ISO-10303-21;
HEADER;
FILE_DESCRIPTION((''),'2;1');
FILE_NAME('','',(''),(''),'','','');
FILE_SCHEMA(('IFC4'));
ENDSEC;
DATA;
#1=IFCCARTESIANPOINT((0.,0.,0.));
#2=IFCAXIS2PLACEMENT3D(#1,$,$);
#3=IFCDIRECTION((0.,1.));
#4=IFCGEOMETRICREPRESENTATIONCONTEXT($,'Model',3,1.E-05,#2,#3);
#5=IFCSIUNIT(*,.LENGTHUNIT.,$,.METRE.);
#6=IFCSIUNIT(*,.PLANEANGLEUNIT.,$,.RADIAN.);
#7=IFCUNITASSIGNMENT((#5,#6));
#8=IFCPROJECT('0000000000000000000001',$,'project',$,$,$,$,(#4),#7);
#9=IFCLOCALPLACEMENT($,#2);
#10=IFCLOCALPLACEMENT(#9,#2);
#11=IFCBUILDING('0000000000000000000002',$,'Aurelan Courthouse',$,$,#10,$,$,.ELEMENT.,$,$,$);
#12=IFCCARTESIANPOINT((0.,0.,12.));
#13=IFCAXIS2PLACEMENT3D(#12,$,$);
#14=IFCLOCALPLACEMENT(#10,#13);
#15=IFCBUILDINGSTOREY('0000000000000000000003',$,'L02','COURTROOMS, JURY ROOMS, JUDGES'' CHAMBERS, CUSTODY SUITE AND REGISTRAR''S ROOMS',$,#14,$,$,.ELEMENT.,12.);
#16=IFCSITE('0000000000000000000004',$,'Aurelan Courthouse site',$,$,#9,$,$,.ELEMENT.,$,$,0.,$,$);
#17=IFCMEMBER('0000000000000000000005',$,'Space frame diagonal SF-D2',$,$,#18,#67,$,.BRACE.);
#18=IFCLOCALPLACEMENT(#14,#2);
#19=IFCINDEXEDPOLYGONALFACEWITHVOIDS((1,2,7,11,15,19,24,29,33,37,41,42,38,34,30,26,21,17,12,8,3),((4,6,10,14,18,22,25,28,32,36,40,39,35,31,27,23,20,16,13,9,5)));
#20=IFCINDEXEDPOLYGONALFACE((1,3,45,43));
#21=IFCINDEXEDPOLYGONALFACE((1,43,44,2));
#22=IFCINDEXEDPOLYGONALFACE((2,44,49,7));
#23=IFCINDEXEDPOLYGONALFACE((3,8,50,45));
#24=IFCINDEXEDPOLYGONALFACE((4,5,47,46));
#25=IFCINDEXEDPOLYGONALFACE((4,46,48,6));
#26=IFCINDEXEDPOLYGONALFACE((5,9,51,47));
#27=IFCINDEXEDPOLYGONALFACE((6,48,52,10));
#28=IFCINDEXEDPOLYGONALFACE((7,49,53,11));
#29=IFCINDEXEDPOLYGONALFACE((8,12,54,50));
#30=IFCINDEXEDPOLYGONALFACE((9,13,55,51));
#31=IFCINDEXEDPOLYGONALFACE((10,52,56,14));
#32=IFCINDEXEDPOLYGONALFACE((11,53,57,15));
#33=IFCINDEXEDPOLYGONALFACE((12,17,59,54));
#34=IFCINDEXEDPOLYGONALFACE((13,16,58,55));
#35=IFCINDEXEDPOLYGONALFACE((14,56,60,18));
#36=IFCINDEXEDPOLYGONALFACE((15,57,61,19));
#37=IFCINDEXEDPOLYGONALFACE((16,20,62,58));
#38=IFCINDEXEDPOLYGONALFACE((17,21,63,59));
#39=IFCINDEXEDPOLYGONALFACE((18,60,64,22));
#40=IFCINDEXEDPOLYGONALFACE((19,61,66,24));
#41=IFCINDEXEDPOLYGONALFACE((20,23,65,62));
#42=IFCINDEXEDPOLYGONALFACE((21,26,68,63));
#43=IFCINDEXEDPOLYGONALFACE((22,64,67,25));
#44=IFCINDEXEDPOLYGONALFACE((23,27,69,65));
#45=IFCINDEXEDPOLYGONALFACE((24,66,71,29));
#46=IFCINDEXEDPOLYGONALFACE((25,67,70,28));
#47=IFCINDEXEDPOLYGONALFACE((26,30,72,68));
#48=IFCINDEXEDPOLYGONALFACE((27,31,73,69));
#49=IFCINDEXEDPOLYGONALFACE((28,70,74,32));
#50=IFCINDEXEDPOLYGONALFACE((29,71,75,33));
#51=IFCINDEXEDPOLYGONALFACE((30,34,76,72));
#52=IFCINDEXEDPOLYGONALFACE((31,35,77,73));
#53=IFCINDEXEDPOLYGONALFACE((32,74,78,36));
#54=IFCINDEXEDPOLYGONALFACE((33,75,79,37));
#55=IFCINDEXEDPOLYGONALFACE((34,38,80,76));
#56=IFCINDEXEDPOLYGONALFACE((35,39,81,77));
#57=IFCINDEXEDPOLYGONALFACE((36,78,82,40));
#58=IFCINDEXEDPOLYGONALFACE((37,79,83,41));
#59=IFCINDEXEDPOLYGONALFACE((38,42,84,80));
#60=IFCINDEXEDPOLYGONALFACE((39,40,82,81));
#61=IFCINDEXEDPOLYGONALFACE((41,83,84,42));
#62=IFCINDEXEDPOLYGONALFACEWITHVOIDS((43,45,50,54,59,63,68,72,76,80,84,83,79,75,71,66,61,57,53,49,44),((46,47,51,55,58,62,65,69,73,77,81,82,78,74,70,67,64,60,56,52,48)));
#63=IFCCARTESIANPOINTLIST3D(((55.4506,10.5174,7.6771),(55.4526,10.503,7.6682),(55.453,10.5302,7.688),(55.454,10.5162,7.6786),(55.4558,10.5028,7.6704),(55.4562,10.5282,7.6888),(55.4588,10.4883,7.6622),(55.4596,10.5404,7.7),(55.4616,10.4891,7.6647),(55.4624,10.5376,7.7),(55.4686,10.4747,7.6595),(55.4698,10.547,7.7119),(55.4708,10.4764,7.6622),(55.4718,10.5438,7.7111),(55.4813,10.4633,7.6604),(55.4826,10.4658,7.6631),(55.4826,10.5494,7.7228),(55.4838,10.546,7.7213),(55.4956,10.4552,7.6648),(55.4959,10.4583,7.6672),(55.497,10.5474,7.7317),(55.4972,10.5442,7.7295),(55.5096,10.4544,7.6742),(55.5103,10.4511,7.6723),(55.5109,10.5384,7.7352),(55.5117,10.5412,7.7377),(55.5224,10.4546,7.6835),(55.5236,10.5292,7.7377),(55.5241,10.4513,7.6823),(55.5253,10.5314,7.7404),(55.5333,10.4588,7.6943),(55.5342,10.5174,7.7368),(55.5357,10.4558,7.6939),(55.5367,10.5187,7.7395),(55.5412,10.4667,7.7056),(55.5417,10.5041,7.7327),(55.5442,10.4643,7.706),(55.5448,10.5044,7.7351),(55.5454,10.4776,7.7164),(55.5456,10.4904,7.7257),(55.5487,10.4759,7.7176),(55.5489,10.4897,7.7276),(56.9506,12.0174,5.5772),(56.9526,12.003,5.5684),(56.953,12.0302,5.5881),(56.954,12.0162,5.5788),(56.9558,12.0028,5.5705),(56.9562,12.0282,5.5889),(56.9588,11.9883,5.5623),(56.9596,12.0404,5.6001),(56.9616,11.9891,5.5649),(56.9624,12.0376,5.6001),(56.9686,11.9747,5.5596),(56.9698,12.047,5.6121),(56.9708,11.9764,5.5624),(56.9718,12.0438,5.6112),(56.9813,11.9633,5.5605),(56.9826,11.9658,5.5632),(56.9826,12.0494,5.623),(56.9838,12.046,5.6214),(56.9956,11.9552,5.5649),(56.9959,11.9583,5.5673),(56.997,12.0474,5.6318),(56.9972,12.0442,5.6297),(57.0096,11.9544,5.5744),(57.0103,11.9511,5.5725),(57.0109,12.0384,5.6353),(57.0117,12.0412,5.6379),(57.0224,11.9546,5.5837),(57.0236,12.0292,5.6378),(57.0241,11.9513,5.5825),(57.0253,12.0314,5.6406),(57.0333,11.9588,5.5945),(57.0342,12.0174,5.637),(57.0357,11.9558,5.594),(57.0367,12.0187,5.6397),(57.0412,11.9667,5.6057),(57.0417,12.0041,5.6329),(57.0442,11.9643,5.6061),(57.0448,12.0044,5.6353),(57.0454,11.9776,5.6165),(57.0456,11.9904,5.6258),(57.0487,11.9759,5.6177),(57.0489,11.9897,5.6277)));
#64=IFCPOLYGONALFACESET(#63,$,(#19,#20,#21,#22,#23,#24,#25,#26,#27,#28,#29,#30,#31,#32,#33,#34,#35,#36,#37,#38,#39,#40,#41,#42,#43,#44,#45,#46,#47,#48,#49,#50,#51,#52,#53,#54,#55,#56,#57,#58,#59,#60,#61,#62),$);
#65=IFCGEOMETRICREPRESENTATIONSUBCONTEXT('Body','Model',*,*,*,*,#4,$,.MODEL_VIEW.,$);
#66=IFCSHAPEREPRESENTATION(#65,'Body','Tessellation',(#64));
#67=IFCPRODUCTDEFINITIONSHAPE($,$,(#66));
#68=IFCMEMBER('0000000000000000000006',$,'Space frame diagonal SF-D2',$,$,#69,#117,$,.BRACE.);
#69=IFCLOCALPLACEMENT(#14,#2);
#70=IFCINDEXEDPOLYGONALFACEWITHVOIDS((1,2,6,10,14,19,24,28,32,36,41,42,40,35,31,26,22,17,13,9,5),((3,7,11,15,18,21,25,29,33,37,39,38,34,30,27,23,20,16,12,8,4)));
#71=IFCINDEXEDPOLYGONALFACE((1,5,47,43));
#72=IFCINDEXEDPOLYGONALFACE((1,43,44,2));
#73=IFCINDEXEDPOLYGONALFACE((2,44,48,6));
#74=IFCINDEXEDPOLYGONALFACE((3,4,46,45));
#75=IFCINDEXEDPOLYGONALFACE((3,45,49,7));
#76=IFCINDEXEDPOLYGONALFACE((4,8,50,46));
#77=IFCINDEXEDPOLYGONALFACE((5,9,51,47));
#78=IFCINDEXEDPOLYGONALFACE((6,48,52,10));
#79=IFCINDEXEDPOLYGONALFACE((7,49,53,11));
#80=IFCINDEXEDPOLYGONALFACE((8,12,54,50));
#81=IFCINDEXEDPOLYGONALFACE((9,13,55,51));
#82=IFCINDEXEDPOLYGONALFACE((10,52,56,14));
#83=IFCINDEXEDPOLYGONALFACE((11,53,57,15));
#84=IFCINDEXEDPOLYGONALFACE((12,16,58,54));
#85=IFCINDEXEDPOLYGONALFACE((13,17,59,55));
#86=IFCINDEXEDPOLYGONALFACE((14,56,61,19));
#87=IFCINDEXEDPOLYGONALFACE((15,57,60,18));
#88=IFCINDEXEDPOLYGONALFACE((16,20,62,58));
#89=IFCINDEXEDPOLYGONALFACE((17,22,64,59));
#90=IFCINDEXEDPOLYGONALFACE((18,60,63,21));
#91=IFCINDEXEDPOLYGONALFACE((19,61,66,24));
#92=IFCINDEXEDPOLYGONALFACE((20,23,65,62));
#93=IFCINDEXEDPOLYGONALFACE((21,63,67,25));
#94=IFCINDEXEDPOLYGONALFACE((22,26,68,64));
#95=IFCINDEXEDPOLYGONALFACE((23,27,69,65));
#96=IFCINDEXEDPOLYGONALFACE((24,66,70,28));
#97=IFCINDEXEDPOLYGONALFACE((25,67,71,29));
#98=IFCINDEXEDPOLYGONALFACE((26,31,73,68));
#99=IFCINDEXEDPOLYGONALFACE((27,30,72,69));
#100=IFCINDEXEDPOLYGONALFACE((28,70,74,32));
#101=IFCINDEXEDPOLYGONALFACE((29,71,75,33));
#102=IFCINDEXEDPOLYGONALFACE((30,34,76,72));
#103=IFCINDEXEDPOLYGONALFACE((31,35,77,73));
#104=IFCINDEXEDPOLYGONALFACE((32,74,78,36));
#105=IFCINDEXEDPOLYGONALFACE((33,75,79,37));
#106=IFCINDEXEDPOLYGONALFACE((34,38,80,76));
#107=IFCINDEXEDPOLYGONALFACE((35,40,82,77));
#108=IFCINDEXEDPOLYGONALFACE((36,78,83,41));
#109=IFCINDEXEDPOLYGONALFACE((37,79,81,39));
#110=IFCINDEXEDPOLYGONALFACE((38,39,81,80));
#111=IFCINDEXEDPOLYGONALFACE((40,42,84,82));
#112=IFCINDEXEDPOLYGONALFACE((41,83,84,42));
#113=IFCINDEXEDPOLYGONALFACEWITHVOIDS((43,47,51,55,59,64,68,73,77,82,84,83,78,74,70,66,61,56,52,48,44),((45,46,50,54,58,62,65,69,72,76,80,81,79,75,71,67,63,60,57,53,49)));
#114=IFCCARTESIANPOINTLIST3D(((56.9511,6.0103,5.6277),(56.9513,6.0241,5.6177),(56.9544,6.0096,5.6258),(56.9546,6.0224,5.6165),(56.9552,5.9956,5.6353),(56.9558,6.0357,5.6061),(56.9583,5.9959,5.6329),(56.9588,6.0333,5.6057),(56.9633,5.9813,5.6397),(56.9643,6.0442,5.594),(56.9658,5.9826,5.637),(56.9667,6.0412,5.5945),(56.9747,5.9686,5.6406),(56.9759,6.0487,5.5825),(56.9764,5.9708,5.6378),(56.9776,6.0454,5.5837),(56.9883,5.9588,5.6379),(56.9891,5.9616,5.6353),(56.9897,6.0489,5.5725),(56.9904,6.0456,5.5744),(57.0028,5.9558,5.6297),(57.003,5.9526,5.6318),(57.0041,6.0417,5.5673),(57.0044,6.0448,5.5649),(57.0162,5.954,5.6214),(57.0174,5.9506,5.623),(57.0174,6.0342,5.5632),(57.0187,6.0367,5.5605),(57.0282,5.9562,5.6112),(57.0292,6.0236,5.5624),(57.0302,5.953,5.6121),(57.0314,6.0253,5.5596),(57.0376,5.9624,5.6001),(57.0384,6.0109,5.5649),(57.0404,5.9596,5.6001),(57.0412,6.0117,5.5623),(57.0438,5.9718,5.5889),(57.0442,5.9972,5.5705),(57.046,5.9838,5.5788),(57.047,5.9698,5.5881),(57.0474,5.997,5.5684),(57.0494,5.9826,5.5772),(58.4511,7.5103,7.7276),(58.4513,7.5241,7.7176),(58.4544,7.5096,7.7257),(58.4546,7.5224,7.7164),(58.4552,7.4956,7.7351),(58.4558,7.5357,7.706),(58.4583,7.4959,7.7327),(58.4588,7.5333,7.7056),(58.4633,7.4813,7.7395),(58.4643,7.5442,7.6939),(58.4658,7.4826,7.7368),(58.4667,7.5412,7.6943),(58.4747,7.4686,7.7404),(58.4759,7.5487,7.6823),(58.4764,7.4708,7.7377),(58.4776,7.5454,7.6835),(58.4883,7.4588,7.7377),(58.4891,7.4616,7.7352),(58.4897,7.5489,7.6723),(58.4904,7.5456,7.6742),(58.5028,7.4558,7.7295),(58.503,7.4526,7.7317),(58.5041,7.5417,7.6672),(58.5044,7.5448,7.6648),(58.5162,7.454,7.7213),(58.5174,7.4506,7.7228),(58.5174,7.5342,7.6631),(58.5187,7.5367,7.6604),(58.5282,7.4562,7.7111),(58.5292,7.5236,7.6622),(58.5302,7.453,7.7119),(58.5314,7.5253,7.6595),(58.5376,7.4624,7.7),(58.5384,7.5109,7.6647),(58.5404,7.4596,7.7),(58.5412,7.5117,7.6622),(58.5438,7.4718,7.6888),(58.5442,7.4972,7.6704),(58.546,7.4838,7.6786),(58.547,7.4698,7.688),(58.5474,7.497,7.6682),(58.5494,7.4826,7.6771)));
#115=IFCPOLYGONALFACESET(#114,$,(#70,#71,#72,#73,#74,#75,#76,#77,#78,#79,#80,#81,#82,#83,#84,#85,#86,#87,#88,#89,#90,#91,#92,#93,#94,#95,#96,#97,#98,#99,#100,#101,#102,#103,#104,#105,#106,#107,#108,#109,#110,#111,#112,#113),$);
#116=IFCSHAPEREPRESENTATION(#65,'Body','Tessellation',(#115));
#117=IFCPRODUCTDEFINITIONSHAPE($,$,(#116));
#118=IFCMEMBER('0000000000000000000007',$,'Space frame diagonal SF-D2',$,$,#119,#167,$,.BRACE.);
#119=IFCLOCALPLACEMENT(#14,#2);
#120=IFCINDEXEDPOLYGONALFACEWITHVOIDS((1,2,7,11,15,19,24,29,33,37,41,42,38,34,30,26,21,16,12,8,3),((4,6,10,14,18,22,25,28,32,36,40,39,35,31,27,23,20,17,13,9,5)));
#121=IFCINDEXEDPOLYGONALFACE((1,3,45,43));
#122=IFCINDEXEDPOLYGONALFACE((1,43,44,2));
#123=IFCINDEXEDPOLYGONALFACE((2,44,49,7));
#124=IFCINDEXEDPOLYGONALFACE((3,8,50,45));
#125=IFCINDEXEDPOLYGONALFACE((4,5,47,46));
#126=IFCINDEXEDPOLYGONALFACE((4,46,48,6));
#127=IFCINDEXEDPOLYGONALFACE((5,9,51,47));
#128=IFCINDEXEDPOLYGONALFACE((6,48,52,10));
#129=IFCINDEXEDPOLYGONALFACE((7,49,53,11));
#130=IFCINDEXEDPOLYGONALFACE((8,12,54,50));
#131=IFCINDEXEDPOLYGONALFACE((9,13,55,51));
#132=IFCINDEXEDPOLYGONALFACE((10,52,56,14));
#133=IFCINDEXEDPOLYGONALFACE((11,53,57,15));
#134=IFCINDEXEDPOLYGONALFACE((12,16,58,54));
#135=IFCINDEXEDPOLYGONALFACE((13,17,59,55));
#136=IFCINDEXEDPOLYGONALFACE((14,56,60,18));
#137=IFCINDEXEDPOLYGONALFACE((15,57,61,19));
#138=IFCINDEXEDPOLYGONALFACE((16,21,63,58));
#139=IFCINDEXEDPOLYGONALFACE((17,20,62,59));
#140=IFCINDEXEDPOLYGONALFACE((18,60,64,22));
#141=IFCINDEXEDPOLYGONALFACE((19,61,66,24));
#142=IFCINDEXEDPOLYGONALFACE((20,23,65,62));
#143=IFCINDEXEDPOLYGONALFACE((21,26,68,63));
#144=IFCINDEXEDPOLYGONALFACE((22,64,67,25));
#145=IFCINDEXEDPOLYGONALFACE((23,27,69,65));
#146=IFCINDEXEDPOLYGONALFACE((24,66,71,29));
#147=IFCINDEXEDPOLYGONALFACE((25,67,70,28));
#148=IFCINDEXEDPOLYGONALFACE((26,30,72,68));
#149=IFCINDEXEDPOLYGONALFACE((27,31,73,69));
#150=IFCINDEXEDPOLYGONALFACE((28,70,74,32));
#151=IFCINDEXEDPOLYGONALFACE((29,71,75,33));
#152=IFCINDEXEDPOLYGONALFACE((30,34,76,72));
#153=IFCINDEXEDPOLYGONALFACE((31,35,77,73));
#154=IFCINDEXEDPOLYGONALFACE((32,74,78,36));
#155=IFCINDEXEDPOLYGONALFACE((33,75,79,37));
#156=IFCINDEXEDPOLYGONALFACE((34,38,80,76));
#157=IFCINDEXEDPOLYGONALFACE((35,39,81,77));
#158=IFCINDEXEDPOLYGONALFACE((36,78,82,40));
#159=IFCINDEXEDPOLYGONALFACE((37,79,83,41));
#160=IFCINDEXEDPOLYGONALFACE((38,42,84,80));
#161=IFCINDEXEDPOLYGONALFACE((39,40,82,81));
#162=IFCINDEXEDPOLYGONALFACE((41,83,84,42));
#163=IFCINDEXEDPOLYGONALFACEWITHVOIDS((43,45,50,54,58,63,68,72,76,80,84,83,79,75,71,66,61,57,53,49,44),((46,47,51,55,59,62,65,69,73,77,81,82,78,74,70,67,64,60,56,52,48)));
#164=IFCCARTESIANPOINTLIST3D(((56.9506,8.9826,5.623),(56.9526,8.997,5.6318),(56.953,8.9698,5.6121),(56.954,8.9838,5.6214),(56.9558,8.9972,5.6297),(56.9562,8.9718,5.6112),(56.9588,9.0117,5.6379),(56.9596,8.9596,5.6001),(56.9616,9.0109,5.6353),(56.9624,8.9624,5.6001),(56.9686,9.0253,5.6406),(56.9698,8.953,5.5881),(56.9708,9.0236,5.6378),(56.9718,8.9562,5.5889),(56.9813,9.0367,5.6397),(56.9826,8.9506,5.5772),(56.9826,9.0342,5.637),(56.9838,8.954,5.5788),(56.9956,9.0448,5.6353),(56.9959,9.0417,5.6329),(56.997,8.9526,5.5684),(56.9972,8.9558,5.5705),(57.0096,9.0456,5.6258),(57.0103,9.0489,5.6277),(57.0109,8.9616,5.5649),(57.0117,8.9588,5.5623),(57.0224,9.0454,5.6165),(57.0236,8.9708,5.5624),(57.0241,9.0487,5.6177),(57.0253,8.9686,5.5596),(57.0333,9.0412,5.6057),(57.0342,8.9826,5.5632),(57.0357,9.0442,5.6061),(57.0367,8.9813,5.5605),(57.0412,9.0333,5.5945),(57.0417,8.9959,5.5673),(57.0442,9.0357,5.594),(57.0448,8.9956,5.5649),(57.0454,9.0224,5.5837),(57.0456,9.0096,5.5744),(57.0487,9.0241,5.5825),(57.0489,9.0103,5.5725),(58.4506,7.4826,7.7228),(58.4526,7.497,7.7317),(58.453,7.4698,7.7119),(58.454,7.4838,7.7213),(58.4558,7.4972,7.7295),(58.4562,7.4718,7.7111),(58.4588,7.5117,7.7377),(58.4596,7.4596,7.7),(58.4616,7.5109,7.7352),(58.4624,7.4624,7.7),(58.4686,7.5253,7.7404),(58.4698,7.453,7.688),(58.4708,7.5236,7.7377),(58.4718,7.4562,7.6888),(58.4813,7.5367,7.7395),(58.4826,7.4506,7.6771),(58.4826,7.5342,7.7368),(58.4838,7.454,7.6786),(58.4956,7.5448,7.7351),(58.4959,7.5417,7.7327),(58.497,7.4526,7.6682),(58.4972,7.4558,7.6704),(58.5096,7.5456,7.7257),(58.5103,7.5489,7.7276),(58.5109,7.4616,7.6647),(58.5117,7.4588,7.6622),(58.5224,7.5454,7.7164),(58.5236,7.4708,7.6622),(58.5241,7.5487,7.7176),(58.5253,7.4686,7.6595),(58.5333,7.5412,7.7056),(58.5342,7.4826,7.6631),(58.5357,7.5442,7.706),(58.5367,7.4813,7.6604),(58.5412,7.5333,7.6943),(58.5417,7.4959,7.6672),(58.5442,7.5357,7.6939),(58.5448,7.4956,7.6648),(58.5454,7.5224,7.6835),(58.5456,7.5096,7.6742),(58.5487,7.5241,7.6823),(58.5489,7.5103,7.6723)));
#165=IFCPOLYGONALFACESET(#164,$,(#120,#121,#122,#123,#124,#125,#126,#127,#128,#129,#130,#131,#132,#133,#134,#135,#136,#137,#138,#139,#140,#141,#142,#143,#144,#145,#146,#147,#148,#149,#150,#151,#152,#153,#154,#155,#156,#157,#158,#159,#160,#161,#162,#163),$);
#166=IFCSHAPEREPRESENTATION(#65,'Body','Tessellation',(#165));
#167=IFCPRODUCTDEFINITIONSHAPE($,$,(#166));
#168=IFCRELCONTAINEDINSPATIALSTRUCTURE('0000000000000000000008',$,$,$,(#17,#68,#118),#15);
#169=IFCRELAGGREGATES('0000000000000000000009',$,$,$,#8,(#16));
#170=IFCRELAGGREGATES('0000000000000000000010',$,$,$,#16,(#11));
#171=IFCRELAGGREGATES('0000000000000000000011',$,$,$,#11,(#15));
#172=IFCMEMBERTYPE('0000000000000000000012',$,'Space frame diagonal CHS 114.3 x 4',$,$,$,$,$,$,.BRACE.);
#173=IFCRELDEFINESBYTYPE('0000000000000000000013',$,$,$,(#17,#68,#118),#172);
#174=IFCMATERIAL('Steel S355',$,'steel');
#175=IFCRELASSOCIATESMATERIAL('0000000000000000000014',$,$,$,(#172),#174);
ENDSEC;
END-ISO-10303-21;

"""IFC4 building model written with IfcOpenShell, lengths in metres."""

from ifc_helpers import new_model, si_unit, direction, frame, origin, origin_2d, place, context, subcontext, project, spatial, hollow_circle, extrude, material, material_profile, profile_set, type_object, element, save


model = new_model("IFC4")

# Units and contexts
model_context = context("Model", 3, precision=1e-05, world=origin(), true_north=direction((0.0, 1.0)))
body_context = subcontext(model_context, "Body", "Model", "MODEL_VIEW")
ifc_project = project(units=[si_unit("LENGTHUNIT", "METRE"), si_unit("PLANEANGLEUNIT", "RADIAN")], contexts=[model_context])

# Site, building, storey
site_placement = place(None, origin())
site = spatial("IfcSite", under=ifc_project, at=site_placement, Name="Aurelan Courthouse site", CompositionType="ELEMENT", RefElevation=0.0)
building_placement = place(site_placement, origin())
building = spatial("IfcBuilding", under=site, at=building_placement, Name="Aurelan Courthouse", CompositionType="ELEMENT")
storey_placement = place(building_placement, frame((0.0, 0.0, 12.0)))
storey = spatial("IfcBuildingStorey", under=building, at=storey_placement, Name="L02", Description="COURTROOMS, JURY ROOMS, JUDGES' CHAMBERS, CUSTODY SUITE AND REGISTRAR'S ROOMS", CompositionType="ELEMENT", Elevation=12.0)

# Members
ifc_material_1 = material(Name="Steel S355", Category="steel")
ifc_material_profile_1 = material_profile(ifc_material_1, hollow_circle(Radius=0.0571, WallThickness=0.0039, at=origin_2d()), Name="CHS 114.3 x 4")
ifc_profile_set_1 = profile_set([ifc_material_profile_1], Name="Steel S355")
member_type_1 = type_object("IfcMemberType", Name="Space frame diagonal CHS 114.3 x 4", PredefinedType="BRACE", material=ifc_profile_set_1)
for number, where, z_axis, x_axis, name in (
    (1, (55.5, 10.5, 7.7), (0.502536, 0.502536, -0.703502), (-0.707107, 0.707107, 0.0), "Space frame diagonal SF-D2"),
    (2, (58.5, 7.5, 7.7), (-0.502536, -0.502536, -0.703502), (0.707107, -0.707107, 0.0), "Space frame diagonal SF-D2"),
    (3, (58.5, 7.5, 7.7), (-0.502536, 0.502536, -0.703502), (-0.707107, -0.707107, 0.0), "Space frame diagonal SF-D2"),
):
    element("IfcMember", number, at=place(storey_placement, frame(where, z_axis=z_axis, x_axis=x_axis)), inside=storey, type_object=member_type_1, Name=name, PredefinedType="BRACE", context=body_context, shape_type="SweptSolid", body=[
        extrude(hollow_circle(Radius=0.0571, WallThickness=0.0039, at=origin_2d()), origin(), (0.0, 0.0, 1.0), 2.9849),
    ])

save(model, "model.ifc")
